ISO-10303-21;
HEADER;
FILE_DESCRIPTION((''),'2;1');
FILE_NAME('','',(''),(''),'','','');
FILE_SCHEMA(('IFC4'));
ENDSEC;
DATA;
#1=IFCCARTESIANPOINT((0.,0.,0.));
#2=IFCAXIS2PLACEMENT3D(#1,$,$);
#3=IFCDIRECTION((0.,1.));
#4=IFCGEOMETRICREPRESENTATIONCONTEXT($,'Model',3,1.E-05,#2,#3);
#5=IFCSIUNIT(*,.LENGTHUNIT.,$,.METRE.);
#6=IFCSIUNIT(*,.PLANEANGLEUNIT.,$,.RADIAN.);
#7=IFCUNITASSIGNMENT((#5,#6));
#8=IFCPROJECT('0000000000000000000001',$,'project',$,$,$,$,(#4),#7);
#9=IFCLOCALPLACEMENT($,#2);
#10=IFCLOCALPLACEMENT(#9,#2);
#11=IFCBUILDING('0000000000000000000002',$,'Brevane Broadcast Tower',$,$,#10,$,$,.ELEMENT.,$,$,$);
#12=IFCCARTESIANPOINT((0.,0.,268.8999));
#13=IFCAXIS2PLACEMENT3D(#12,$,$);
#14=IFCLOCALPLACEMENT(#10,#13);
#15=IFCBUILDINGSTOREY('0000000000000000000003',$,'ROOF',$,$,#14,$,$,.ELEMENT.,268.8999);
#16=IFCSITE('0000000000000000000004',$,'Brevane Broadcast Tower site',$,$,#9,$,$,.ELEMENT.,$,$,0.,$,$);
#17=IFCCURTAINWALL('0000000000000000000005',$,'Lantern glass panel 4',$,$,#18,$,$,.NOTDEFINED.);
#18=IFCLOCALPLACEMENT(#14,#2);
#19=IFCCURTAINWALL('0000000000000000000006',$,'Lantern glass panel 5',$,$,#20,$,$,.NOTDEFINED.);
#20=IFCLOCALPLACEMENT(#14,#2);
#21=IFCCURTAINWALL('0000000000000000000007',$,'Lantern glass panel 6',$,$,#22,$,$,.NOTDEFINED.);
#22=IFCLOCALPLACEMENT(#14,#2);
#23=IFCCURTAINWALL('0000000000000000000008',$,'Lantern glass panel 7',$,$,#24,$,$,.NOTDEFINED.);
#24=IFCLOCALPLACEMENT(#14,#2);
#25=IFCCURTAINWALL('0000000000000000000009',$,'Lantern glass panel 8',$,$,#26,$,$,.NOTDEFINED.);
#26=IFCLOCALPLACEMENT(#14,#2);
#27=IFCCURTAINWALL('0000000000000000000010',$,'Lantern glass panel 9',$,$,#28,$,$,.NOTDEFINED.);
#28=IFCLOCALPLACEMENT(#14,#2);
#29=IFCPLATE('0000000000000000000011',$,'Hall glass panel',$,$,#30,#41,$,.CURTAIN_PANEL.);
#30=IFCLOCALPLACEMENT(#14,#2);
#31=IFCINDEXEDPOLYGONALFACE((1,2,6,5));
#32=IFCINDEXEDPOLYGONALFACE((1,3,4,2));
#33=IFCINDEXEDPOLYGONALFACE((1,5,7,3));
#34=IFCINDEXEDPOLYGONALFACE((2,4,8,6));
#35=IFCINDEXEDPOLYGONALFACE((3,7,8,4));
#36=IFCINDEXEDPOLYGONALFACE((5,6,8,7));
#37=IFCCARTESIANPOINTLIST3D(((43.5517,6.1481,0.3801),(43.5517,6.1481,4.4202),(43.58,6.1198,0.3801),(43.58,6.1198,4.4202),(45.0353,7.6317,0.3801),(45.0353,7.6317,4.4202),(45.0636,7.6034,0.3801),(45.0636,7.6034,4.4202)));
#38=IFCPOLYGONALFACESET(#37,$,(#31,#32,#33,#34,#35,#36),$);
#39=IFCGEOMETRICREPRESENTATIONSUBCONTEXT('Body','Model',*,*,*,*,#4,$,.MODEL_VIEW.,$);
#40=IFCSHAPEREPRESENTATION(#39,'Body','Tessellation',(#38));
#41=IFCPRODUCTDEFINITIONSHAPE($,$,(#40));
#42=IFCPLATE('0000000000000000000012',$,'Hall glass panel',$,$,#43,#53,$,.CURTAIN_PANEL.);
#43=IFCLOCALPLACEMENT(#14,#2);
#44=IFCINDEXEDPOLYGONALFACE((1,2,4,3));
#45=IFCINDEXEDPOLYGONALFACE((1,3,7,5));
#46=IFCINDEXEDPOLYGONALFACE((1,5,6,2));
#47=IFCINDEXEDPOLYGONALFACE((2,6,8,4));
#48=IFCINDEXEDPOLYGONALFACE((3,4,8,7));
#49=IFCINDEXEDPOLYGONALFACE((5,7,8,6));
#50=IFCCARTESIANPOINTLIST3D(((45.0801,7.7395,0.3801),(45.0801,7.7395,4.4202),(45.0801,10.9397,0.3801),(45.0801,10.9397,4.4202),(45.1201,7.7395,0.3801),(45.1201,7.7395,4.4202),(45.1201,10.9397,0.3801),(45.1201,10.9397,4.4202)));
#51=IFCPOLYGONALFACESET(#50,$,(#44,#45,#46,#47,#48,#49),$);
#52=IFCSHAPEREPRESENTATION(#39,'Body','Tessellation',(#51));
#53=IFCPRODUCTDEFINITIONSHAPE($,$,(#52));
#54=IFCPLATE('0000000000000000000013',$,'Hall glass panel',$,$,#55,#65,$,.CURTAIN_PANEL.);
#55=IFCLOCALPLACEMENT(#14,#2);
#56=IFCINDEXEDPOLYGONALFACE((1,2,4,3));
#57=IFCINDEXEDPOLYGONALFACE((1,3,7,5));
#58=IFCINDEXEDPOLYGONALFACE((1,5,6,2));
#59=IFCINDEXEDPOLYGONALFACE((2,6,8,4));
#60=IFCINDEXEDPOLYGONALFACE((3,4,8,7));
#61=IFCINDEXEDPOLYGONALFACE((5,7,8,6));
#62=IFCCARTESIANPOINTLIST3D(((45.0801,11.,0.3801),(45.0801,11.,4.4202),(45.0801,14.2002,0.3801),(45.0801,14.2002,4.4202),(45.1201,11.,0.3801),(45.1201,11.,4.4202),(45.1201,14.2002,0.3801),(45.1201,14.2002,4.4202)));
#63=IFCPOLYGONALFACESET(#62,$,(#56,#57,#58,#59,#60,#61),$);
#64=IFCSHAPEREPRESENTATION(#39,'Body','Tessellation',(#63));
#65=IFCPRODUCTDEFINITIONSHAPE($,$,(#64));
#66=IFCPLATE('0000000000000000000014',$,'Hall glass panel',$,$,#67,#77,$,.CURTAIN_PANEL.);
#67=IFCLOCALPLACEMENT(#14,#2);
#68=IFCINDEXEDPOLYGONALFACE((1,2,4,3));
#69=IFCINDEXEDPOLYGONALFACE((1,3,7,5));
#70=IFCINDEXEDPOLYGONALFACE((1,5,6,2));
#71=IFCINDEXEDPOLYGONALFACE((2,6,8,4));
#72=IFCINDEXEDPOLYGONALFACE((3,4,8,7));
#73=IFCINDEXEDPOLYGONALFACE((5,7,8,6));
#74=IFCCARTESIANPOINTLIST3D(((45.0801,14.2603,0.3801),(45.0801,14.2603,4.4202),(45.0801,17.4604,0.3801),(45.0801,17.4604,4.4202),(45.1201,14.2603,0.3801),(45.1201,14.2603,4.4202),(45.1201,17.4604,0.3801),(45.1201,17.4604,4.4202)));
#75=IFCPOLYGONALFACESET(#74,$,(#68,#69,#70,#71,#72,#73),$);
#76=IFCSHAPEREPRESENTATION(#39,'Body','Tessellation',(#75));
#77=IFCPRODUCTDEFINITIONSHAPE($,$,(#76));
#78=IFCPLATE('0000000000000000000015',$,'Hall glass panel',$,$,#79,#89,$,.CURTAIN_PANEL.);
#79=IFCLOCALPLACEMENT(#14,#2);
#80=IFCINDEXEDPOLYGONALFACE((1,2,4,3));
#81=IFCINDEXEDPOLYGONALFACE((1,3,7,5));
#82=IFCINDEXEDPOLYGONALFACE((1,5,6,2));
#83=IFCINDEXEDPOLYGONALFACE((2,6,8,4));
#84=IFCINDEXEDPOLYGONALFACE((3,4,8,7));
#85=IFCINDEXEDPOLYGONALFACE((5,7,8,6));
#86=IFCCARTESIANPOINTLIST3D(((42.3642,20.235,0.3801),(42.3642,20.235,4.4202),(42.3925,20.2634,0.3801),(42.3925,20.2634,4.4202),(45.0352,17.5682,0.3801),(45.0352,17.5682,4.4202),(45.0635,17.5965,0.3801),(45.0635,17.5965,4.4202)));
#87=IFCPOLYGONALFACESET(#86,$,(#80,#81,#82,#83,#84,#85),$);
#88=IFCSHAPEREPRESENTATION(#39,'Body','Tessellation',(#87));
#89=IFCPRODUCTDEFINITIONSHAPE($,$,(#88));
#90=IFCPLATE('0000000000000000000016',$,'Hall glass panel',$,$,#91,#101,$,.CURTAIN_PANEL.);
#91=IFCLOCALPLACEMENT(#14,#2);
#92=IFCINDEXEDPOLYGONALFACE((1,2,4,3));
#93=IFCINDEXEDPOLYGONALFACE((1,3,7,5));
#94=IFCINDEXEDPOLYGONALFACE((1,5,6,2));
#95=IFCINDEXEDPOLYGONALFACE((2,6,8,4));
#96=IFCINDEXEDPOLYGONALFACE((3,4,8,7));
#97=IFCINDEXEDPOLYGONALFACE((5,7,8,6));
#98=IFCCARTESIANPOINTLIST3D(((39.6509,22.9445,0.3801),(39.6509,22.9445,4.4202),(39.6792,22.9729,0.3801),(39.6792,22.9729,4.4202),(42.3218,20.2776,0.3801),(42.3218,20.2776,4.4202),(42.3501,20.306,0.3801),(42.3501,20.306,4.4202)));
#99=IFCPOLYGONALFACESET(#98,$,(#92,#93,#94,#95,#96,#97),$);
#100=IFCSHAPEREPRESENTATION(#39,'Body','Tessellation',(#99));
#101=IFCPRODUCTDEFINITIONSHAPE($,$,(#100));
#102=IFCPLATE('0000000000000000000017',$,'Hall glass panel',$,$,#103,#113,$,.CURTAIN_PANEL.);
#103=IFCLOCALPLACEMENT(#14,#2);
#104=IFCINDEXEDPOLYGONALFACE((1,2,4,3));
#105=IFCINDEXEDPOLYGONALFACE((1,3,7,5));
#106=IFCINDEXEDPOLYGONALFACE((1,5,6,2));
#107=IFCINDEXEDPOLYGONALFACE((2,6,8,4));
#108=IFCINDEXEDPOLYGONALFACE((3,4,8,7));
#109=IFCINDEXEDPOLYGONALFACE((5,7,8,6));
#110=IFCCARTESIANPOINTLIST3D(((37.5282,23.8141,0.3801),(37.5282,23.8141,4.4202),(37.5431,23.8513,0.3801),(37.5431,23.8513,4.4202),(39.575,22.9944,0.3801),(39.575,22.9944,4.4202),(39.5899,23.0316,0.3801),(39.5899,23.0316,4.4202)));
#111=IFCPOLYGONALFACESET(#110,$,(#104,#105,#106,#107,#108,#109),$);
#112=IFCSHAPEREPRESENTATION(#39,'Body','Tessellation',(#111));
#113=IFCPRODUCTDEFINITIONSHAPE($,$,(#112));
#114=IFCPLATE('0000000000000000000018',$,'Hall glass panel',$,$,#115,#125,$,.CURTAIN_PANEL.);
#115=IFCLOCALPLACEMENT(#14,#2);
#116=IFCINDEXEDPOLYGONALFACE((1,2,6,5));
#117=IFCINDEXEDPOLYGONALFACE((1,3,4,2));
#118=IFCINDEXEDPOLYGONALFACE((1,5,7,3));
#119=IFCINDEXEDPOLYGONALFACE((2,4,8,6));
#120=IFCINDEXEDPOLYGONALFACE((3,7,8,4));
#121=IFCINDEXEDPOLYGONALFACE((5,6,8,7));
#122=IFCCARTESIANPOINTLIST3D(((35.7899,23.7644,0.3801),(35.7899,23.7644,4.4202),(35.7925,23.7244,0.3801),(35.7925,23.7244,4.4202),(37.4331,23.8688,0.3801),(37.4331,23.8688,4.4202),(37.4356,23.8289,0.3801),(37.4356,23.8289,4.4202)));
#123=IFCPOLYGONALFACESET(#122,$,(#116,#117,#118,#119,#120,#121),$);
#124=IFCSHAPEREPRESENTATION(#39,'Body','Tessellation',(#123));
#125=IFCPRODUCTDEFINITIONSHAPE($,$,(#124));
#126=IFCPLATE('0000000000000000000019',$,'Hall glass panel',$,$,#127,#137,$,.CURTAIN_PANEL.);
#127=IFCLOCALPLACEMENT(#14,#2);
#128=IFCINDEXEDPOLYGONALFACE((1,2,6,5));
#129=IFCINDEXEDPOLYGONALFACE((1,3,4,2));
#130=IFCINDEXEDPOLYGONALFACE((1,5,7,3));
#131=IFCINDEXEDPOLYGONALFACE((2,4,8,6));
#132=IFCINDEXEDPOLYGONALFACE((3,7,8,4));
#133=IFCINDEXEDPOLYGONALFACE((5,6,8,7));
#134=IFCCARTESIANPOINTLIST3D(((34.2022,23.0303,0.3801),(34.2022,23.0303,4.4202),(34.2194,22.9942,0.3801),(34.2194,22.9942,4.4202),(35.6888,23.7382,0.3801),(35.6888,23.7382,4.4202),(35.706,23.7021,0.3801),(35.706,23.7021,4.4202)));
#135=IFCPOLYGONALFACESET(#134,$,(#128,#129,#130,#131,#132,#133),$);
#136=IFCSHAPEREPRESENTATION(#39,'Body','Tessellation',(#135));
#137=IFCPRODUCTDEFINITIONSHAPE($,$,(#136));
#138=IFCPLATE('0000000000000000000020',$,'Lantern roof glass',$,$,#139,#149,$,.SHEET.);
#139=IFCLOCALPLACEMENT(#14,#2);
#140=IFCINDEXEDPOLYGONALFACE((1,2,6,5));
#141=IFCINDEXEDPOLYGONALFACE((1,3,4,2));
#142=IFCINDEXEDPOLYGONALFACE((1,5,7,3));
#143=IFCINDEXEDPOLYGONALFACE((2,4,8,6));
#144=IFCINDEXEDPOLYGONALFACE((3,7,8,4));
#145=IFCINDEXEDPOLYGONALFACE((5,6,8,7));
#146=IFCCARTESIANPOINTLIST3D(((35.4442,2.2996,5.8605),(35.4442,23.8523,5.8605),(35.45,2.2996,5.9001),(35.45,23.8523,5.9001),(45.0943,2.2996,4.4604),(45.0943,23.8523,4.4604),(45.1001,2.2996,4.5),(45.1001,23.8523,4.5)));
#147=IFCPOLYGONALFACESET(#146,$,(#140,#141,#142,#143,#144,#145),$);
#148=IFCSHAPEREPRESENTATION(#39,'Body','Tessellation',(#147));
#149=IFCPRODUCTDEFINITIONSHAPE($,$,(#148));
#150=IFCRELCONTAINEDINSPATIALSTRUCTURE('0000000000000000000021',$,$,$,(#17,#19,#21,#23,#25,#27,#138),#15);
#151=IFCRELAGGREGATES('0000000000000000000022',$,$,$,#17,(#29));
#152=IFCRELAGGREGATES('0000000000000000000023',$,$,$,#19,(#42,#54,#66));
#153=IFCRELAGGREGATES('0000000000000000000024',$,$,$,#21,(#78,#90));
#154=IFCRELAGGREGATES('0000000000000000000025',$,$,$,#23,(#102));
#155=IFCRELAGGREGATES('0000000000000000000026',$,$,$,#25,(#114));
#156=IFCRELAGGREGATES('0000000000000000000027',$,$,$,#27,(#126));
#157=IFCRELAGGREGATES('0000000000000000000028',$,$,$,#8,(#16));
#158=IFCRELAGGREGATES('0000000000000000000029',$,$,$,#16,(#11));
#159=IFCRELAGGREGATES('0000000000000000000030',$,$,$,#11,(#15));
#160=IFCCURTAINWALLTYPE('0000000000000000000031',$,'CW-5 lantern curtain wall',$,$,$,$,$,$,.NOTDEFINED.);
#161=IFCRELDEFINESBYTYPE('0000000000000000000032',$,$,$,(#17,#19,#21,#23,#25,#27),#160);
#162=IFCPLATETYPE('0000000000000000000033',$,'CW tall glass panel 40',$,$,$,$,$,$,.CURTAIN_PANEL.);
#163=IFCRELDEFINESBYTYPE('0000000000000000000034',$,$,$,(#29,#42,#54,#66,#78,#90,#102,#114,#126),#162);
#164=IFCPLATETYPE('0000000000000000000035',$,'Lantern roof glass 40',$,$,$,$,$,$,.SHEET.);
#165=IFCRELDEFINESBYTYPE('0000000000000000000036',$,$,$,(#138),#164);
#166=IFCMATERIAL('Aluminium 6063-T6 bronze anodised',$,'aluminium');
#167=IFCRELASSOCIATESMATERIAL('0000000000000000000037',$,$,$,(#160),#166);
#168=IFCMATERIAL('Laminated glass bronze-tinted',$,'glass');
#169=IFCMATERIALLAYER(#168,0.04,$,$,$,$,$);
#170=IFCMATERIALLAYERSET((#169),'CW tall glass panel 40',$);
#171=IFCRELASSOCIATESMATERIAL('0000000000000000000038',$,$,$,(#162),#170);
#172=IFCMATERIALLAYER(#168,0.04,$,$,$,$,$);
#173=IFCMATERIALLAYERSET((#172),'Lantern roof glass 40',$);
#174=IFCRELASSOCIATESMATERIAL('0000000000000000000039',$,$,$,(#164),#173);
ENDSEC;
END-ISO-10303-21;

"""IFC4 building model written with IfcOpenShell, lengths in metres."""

from ifc_helpers import new_model, si_unit, direction, frame, origin, origin_2d, place, context, subcontext, project, spatial, polyline, rectangle, outline, extrude, material, layer, layer_set, type_object, element, aggregate, save


model = new_model("IFC4")

# Units and contexts
model_context = context("Model", 3, precision=1e-05, world=origin(), true_north=direction((0.0, 1.0)))
body_context = subcontext(model_context, "Body", "Model", "MODEL_VIEW")
ifc_project = project(units=[si_unit("LENGTHUNIT", "METRE"), si_unit("PLANEANGLEUNIT", "RADIAN")], contexts=[model_context])

# Site, building, storey
site_placement = place(None, origin())
site = spatial("IfcSite", under=ifc_project, at=site_placement, Name="Brevane Broadcast Tower site", CompositionType="ELEMENT", RefElevation=0.0)
building_placement = place(site_placement, origin())
building = spatial("IfcBuilding", under=site, at=building_placement, Name="Brevane Broadcast Tower", CompositionType="ELEMENT")
storey_placement = place(building_placement, frame((0.0, 0.0, 268.8999)))
storey = spatial("IfcBuildingStorey", under=building, at=storey_placement, Name="ROOF", CompositionType="ELEMENT", Elevation=268.8999)

# Curtain walls
ifc_material_1 = material(Name="Aluminium 6063-T6 bronze anodised", Category="aluminium")
curtain_wall_type = type_object("IfcCurtainWallType", Name="CW-5 lantern curtain wall", PredefinedType="NOTDEFINED", material=ifc_material_1)
curtain_wall_1_placement = place(storey_placement, origin())
curtain_wall_1 = element("IfcCurtainWall", 1, at=curtain_wall_1_placement, inside=storey, type_object=curtain_wall_type, Name="Lantern glass panel 4", PredefinedType="NOTDEFINED")
curtain_wall_2_placement = place(storey_placement, origin())
curtain_wall_2 = element("IfcCurtainWall", 2, at=curtain_wall_2_placement, inside=storey, type_object=curtain_wall_type, Name="Lantern glass panel 5", PredefinedType="NOTDEFINED")
curtain_wall_3_placement = place(storey_placement, origin())
curtain_wall_3 = element("IfcCurtainWall", 3, at=curtain_wall_3_placement, inside=storey, type_object=curtain_wall_type, Name="Lantern glass panel 6", PredefinedType="NOTDEFINED")

# Curtain walls
curtain_wall_4_placement = place(storey_placement, origin())
curtain_wall_4 = element("IfcCurtainWall", 4, at=curtain_wall_4_placement, inside=storey, type_object=curtain_wall_type, Name="Lantern glass panel 7", PredefinedType="NOTDEFINED")
curtain_wall_5_placement = place(storey_placement, origin())
curtain_wall_5 = element("IfcCurtainWall", 5, at=curtain_wall_5_placement, inside=storey, type_object=curtain_wall_type, Name="Lantern glass panel 8", PredefinedType="NOTDEFINED")
curtain_wall_6_placement = place(storey_placement, origin())
curtain_wall_6 = element("IfcCurtainWall", 6, at=curtain_wall_6_placement, inside=storey, type_object=curtain_wall_type, Name="Lantern glass panel 9", PredefinedType="NOTDEFINED")

# Plates
ifc_material_2 = material(Name="Laminated glass bronze-tinted", Category="glass")
ifc_layer_1 = layer(ifc_material_2, 0.04)
ifc_layer_set_1 = layer_set([ifc_layer_1], Name="CW tall glass panel 40")
plate_type_1 = type_object("IfcPlateType", Name="CW tall glass panel 40", PredefinedType="CURTAIN_PANEL", material=ifc_layer_set_1)
plate_1_placement = place(storey_placement, frame((44.3076, 6.8757, 0.3801), z_axis=(0.0, 0.0, 1.0), x_axis=(0.707107, 0.707107, 0.0)))
plate_1 = element("IfcPlate", 7, at=plate_1_placement, type_object=plate_type_1, Name="Hall glass panel", PredefinedType="CURTAIN_PANEL", context=body_context, shape_type="SweptSolid", body=[
    extrude(rectangle(XDim=2.0981, YDim=0.04, at=origin_2d()), origin(), (0.0, 0.0, 1.0), 4.04),
])
aggregate(curtain_wall_1, [plate_1])
plate_2_placement = place(storey_placement, frame((45.1001, 9.3396, 0.3801), z_axis=(0.0, 0.0, 1.0), x_axis=(0.0, 1.0, 0.0)))
plate_2 = element("IfcPlate", 8, at=plate_2_placement, type_object=plate_type_1, Name="Hall glass panel", PredefinedType="CURTAIN_PANEL", context=body_context, shape_type="SweptSolid", body=[
    extrude(rectangle(XDim=3.2002, YDim=0.04, at=origin_2d()), origin(), (0.0, 0.0, 1.0), 4.04),
])
plate_3_placement = place(storey_placement, frame((45.1001, 12.6001, 0.3801), z_axis=(0.0, 0.0, 1.0), x_axis=(0.0, 1.0, 0.0)))
plate_3 = element("IfcPlate", 9, at=plate_3_placement, type_object=plate_type_1, Name="Hall glass panel", PredefinedType="CURTAIN_PANEL", context=body_context, shape_type="SweptSolid", body=[
    extrude(rectangle(XDim=3.2002, YDim=0.04, at=origin_2d()), origin(), (0.0, 0.0, 1.0), 4.04),
])
plate_4_placement = place(storey_placement, frame((45.1001, 15.8604, 0.3801), z_axis=(0.0, 0.0, 1.0), x_axis=(0.0, 1.0, 0.0)))
plate_4 = element("IfcPlate", 10, at=plate_4_placement, type_object=plate_type_1, Name="Hall glass panel", PredefinedType="CURTAIN_PANEL", context=body_context, shape_type="SweptSolid", body=[
    extrude(rectangle(XDim=3.2002, YDim=0.04, at=origin_2d()), origin(), (0.0, 0.0, 1.0), 4.04),
])
aggregate(curtain_wall_2, [plate_2, plate_3, plate_4])
plate_5_placement = place(storey_placement, frame((43.7139, 18.9158, 0.3801), z_axis=(0.0, 0.0, 1.0), x_axis=(-0.707645, 0.706568, 0.0)))
plate_5 = element("IfcPlate", 11, at=plate_5_placement, type_object=plate_type_1, Name="Hall glass panel", PredefinedType="CURTAIN_PANEL", context=body_context, shape_type="SweptSolid", body=[
    extrude(rectangle(XDim=3.7744, YDim=0.04, at=origin_2d()), origin(), (0.0, 0.0, 1.0), 4.04),
])
plate_6_placement = place(storey_placement, frame((41.0005, 21.6252, 0.3801), z_axis=(0.0, 0.0, 1.0), x_axis=(-0.707645, 0.706568, 0.0)))
plate_6 = element("IfcPlate", 12, at=plate_6_placement, type_object=plate_type_1, Name="Hall glass panel", PredefinedType="CURTAIN_PANEL", context=body_context, shape_type="SweptSolid", body=[
    extrude(rectangle(XDim=3.7744, YDim=0.04, at=origin_2d()), origin(), (0.0, 0.0, 1.0), 4.04),
])
aggregate(curtain_wall_3, [plate_5, plate_6])
plate_7_placement = place(storey_placement, frame((38.5591, 23.4229, 0.3801), z_axis=(0.0, 0.0, 1.0), x_axis=(-0.928319, 0.371785, 0.0)))
plate_7 = element("IfcPlate", 13, at=plate_7_placement, type_object=plate_type_1, Name="Hall glass panel", PredefinedType="CURTAIN_PANEL", context=body_context, shape_type="SweptSolid", body=[
    extrude(rectangle(XDim=2.2048, YDim=0.04, at=origin_2d()), origin(), (0.0, 0.0, 1.0), 4.04),
])
aggregate(curtain_wall_4, [plate_7])
plate_8_placement = place(storey_placement, frame((36.6128, 23.7966, 0.3801), z_axis=(0.0, 0.0, 1.0), x_axis=(-0.997985, -0.063446, 0.0)))
plate_8 = element("IfcPlate", 14, at=plate_8_placement, type_object=plate_type_1, Name="Hall glass panel", PredefinedType="CURTAIN_PANEL", context=body_context, shape_type="SweptSolid", body=[
    extrude(rectangle(XDim=1.6465, YDim=0.04, at=origin_2d()), origin(), (0.0, 0.0, 1.0), 4.04),
])
aggregate(curtain_wall_5, [plate_8])
plate_9_placement = place(storey_placement, frame((34.9541, 23.3662, 0.3801), z_axis=(0.0, 0.0, 1.0), x_axis=(-0.902861, -0.429934, 0.0)))
plate_9 = element("IfcPlate", 15, at=plate_9_placement, type_object=plate_type_1, Name="Hall glass panel", PredefinedType="CURTAIN_PANEL", context=body_context, shape_type="SweptSolid", body=[
    extrude(rectangle(XDim=1.6465, YDim=0.04, at=origin_2d()), origin(), (0.0, 0.0, 1.0), 4.04),
])
aggregate(curtain_wall_6, [plate_9])
ifc_layer_2 = layer(ifc_material_2, 0.04)
ifc_layer_set_2 = layer_set([ifc_layer_2], Name="Lantern roof glass 40")
plate_type_2 = type_object("IfcPlateType", Name="Lantern roof glass 40", PredefinedType="SHEET", material=ifc_layer_set_2)
plate_10_placement = place(storey_placement, frame((45.1001, 23.8523, 4.5), z_axis=(0.143587, 0.0, 0.989638), x_axis=(0.0, -1.0, 0.0)))
element("IfcPlate", 16, at=plate_10_placement, inside=storey, type_object=plate_type_2, Name="Lantern roof glass", PredefinedType="SHEET", context=body_context, shape_type="SweptSolid", body=[
    extrude(outline(polyline([(0.0, 0.0), (21.5527, 0.0), (21.5527, -9.7512), (0.0, -9.7512), (0.0, 0.0)])), origin(), (0.0, 0.0, -1.0), 0.04),
])

save(model, "model.ifc")
